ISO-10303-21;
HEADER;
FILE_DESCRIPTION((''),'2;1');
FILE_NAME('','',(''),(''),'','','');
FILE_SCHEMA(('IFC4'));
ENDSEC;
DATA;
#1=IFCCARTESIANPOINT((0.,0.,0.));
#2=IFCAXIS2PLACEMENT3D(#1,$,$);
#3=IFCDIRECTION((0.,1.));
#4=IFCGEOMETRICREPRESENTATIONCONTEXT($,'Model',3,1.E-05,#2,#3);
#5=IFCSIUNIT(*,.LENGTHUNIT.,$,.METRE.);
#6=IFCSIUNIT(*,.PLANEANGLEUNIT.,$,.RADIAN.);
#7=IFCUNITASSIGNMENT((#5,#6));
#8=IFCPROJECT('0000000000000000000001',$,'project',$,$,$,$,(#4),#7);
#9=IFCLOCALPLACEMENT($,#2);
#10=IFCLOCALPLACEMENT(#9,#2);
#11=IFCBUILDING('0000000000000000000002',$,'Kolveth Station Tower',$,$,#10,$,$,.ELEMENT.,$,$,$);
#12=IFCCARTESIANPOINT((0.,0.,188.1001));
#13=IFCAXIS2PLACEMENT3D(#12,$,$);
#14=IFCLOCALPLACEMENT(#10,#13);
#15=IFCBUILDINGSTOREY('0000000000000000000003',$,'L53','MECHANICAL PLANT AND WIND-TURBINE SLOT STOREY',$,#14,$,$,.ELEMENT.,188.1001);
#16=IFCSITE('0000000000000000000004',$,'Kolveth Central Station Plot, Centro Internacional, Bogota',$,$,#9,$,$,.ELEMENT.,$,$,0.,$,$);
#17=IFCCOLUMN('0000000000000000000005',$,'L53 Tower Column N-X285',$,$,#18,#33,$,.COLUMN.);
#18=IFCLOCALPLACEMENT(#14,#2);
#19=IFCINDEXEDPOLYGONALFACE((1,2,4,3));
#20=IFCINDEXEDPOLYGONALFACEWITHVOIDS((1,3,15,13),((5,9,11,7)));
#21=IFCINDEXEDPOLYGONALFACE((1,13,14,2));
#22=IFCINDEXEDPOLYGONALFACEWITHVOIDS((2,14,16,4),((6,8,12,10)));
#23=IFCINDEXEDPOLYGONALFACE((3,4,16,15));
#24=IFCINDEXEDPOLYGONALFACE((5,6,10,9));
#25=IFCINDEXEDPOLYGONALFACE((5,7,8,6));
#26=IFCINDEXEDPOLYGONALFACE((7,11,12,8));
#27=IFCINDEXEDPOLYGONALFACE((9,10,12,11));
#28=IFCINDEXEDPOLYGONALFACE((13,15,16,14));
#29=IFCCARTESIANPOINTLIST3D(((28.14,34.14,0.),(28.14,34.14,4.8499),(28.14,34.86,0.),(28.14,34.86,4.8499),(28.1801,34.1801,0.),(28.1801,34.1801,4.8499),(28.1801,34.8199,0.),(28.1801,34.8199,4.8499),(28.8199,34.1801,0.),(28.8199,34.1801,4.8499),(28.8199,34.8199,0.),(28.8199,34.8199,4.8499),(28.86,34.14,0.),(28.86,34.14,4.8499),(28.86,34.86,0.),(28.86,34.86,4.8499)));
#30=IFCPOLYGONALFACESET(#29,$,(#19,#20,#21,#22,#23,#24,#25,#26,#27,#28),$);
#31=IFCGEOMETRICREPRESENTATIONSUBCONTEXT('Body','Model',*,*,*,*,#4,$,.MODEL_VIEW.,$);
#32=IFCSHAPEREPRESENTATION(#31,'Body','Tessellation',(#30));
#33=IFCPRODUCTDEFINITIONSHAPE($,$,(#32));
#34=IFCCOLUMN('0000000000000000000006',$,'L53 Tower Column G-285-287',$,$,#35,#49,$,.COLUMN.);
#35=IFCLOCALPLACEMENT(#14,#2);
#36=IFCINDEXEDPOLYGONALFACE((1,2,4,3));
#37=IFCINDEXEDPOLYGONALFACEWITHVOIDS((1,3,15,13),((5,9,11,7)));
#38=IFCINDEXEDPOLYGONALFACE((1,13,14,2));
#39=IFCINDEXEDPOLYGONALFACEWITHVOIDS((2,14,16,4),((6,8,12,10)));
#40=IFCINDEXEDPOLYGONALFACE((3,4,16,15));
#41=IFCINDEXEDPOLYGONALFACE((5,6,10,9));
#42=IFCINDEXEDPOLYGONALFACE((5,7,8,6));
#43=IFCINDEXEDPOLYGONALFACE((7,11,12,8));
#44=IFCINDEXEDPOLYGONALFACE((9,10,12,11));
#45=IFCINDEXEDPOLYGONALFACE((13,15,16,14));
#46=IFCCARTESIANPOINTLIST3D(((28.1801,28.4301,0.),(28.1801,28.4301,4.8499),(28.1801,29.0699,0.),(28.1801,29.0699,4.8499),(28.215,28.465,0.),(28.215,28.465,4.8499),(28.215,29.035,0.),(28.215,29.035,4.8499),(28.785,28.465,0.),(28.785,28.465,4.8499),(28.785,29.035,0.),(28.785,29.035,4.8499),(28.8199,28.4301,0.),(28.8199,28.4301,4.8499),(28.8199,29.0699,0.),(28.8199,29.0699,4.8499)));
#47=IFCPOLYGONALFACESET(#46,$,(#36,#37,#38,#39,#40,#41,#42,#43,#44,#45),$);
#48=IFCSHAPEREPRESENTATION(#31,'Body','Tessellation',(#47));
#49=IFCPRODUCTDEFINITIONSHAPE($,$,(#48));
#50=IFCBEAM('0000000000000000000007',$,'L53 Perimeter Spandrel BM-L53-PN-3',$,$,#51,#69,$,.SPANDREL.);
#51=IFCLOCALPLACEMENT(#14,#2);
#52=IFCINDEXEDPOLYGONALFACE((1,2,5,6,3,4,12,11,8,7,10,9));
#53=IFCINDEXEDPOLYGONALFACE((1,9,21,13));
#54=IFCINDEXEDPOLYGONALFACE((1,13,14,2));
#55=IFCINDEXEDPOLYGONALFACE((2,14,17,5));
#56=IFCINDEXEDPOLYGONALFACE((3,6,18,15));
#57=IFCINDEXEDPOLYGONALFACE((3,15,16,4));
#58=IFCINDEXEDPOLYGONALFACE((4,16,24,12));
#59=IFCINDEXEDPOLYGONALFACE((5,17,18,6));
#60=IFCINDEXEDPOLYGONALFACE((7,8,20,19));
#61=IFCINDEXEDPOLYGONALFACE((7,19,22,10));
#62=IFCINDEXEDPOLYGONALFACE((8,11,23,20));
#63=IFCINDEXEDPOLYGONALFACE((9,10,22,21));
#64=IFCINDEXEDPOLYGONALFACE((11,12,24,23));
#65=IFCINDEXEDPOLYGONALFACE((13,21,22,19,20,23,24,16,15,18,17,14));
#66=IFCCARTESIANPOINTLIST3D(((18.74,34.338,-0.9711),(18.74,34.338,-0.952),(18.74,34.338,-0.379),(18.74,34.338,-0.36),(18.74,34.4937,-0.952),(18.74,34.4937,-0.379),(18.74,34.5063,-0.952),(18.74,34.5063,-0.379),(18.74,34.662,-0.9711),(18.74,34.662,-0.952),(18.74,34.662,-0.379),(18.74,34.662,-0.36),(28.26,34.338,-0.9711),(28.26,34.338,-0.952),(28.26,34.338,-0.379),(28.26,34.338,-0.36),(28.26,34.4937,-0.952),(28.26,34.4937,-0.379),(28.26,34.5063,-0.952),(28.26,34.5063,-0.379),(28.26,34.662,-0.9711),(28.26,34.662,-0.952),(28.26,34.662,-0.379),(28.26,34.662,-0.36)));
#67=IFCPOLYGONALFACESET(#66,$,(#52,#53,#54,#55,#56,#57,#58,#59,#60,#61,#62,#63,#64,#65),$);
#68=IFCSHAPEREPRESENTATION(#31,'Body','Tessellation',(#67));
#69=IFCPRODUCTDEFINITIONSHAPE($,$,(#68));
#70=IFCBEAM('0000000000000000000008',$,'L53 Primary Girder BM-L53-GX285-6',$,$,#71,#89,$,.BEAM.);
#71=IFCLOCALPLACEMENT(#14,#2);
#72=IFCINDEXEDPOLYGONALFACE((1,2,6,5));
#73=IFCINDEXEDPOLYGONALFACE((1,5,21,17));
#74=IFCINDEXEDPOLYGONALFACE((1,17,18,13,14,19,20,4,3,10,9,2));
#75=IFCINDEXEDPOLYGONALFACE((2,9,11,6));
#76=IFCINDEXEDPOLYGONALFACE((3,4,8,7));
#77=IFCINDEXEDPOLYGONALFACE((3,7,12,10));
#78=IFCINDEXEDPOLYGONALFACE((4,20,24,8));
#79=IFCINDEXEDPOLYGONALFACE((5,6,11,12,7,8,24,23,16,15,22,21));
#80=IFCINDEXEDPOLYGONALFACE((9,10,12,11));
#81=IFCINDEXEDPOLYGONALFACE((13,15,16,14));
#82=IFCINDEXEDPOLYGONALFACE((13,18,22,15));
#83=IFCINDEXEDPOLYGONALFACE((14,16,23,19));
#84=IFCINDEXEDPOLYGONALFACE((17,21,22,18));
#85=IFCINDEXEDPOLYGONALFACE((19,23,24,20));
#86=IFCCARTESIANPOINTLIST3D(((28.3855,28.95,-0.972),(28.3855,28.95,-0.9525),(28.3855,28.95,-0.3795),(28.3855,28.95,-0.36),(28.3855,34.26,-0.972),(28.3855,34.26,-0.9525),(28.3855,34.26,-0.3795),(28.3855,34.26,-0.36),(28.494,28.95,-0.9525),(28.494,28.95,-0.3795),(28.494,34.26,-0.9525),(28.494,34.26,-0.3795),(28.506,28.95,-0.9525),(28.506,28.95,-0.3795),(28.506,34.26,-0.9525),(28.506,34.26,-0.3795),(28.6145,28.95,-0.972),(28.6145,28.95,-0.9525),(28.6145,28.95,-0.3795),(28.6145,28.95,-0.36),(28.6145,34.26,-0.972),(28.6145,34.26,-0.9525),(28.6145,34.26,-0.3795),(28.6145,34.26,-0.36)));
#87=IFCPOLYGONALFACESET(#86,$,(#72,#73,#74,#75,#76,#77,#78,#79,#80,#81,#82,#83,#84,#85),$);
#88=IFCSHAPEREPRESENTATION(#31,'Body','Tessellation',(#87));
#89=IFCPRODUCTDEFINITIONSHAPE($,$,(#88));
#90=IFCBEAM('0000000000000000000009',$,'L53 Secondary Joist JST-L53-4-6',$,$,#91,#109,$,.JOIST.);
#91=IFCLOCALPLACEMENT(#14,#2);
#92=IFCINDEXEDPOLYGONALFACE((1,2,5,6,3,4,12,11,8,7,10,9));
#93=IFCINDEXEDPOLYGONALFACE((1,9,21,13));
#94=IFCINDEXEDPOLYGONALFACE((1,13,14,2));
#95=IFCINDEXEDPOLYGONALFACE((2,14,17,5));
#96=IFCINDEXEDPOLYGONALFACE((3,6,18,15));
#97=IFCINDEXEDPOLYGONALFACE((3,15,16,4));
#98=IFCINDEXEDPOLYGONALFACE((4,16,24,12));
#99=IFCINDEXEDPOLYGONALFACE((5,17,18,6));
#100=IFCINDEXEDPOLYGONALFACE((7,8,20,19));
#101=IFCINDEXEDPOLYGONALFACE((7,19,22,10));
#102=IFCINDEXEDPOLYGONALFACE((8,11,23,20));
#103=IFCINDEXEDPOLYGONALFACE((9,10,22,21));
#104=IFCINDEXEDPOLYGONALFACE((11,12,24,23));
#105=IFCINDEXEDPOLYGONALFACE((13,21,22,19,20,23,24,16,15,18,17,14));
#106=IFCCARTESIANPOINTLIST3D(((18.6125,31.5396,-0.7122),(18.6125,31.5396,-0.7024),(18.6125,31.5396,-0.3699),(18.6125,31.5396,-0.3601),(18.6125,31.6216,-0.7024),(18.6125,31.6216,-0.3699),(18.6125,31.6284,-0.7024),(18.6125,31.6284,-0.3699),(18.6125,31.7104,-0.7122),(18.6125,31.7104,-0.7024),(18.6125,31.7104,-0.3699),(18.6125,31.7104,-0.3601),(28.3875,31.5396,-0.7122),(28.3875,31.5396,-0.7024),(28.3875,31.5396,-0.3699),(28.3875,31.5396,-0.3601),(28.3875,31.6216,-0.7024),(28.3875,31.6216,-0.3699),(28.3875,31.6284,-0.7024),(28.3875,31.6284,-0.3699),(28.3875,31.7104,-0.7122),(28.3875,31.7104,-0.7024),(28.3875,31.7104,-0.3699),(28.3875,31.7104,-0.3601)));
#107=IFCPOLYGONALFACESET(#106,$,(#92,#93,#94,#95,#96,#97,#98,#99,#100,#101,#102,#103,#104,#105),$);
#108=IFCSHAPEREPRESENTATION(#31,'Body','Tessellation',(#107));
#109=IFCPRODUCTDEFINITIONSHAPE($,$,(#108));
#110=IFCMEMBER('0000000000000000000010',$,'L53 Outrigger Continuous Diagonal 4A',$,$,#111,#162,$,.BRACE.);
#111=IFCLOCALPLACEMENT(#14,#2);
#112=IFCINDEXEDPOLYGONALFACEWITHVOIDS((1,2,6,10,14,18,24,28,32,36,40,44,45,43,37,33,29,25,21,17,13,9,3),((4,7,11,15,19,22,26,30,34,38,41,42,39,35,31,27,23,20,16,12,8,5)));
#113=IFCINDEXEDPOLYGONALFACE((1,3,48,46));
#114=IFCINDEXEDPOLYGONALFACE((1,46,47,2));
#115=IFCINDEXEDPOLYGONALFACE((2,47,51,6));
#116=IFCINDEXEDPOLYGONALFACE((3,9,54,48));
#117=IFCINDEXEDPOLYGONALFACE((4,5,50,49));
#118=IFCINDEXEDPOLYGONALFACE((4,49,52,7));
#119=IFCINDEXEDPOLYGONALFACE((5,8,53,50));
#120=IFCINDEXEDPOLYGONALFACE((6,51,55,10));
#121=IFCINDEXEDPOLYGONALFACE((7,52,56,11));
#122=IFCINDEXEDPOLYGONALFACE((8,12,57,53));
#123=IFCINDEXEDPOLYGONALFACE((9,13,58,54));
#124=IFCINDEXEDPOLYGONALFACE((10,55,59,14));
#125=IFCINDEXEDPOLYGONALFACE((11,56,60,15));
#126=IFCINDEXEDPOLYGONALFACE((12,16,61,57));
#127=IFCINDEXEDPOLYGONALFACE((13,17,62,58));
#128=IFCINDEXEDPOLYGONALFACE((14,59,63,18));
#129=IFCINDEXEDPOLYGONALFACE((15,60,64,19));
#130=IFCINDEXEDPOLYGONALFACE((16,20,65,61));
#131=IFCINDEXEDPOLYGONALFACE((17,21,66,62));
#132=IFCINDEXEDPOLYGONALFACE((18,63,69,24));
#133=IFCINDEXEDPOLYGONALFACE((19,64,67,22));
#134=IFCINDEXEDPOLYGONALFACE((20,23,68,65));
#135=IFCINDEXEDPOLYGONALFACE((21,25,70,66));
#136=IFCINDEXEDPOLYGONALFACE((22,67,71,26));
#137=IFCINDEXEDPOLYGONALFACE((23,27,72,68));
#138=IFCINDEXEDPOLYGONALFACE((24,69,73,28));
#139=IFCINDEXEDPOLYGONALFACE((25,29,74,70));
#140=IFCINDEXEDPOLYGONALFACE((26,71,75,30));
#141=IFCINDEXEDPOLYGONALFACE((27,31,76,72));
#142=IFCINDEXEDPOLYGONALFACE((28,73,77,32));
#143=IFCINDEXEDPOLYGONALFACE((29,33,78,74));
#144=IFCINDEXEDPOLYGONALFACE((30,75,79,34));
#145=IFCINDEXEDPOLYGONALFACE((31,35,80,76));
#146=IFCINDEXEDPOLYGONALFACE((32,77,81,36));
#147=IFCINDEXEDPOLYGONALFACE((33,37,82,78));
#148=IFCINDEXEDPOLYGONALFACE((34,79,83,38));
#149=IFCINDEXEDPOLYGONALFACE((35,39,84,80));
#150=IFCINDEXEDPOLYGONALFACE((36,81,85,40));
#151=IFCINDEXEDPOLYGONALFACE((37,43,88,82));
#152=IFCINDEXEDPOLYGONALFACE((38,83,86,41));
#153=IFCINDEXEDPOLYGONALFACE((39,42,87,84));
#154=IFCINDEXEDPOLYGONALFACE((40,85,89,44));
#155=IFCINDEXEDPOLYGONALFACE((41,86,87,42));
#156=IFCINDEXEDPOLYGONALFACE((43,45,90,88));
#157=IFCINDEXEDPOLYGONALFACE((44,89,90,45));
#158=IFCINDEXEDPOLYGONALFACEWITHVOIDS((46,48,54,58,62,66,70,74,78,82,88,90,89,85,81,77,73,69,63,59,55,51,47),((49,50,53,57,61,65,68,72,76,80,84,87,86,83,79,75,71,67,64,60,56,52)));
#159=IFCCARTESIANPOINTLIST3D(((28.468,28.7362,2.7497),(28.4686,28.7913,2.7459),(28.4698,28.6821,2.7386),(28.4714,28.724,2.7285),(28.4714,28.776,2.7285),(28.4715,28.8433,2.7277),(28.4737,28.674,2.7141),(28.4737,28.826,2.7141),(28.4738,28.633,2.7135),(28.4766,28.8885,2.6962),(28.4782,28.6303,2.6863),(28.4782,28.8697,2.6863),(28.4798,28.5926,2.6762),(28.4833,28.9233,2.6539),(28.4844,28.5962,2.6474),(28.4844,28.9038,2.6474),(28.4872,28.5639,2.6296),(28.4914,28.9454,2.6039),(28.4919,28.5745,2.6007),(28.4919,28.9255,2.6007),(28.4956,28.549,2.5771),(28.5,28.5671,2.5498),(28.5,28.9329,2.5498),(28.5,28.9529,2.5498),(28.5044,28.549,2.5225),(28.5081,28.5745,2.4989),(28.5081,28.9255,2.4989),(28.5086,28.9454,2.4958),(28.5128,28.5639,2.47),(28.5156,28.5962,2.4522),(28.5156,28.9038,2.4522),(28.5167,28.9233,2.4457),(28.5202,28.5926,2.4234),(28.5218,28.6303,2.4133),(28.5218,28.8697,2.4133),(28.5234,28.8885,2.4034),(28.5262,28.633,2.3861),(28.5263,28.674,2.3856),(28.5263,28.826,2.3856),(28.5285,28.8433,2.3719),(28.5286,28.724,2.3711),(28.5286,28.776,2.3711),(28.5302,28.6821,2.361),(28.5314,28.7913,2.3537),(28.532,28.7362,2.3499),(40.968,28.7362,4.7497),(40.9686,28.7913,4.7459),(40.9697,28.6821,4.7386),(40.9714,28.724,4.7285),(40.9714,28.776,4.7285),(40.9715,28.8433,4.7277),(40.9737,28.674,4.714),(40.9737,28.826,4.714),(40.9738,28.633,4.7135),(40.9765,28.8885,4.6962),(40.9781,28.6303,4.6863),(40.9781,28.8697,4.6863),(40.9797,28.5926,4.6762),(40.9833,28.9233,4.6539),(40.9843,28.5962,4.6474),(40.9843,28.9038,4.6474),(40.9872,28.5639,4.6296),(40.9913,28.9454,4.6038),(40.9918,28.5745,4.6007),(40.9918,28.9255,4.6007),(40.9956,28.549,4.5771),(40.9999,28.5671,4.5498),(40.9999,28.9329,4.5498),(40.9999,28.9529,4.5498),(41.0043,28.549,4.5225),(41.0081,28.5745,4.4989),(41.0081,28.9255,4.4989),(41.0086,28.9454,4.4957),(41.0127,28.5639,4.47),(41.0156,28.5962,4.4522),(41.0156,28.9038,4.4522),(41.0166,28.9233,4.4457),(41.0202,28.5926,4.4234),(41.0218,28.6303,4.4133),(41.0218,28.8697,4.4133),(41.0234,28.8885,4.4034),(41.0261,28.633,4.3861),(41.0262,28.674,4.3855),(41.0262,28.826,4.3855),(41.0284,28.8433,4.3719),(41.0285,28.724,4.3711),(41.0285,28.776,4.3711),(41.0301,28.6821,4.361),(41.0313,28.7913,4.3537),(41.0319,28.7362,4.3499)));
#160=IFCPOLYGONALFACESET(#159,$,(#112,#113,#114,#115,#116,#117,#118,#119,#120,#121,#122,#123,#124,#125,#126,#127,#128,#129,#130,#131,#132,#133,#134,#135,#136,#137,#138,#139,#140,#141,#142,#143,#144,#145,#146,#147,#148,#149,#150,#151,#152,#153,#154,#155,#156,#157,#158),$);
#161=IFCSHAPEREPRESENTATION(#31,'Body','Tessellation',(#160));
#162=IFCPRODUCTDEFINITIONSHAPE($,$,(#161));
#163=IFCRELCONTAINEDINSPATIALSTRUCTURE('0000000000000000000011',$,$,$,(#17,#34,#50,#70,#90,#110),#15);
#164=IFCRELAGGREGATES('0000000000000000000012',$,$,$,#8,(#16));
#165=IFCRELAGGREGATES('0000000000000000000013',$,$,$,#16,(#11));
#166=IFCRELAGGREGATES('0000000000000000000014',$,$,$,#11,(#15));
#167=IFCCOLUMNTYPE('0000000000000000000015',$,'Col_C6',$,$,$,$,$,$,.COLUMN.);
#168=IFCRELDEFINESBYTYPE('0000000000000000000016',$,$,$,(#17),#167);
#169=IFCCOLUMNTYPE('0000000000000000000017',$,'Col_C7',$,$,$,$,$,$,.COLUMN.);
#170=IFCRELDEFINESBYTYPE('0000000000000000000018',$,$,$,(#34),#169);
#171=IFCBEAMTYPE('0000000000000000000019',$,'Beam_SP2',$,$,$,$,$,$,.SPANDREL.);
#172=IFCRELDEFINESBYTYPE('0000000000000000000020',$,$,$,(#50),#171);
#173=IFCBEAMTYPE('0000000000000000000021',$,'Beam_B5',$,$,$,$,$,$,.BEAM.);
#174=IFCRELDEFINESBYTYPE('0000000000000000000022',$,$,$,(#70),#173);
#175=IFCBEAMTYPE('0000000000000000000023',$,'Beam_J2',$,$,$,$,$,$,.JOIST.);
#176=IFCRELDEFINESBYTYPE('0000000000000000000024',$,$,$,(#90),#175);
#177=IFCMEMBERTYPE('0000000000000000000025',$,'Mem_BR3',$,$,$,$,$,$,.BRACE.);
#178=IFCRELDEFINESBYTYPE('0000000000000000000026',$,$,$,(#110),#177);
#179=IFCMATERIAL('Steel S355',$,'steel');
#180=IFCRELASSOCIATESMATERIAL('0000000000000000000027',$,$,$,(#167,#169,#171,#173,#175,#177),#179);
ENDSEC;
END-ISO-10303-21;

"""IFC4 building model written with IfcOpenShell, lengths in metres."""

from ifc_helpers import new_model, si_unit, direction, frame, origin, origin_2d, place, context, subcontext, project, spatial, hollow_rectangle, hollow_circle, i_section, extrude, source, transform, mapped, material, material_profile, profile_set, type_object, element, save


model = new_model("IFC4")

# Units and contexts
model_context = context("Model", 3, precision=1e-05, world=origin(), true_north=direction((0.0, 1.0)))
body_context = subcontext(model_context, "Body", "Model", "MODEL_VIEW")
ifc_project = project(units=[si_unit("LENGTHUNIT", "METRE"), si_unit("PLANEANGLEUNIT", "RADIAN")], contexts=[model_context])

# Site, building, storey
site_placement = place(None, origin())
site = spatial("IfcSite", under=ifc_project, at=site_placement, Name="Kolveth Central Station Plot, Centro Internacional, Bogota", CompositionType="ELEMENT", RefElevation=0.0)
building_placement = place(site_placement, origin())
building = spatial("IfcBuilding", under=site, at=building_placement, Name="Kolveth Station Tower", CompositionType="ELEMENT")
storey_placement = place(building_placement, frame((0.0, 0.0, 188.1001)))
storey = spatial("IfcBuildingStorey", under=building, at=storey_placement, Name="L53", Description="MECHANICAL PLANT AND WIND-TURBINE SLOT STOREY", CompositionType="ELEMENT", Elevation=188.1001)

# Columns
ifc_material_1 = material(Name="Steel S355", Category="steel")
ifc_material_profile_1 = material_profile(ifc_material_1, hollow_rectangle(XDim=0.72, YDim=0.72, WallThickness=0.04, at=origin_2d()), Name="BOX720x720x40")
ifc_profile_set_1 = profile_set([ifc_material_profile_1], Name="Steel S355")
column_type_1 = type_object("IfcColumnType", Name="Col_C6", PredefinedType="COLUMN", material=ifc_profile_set_1)
shared_shape_1 = source(origin(), body_context, "Body", "SweptSolid", [
    extrude(hollow_rectangle(XDim=0.72, YDim=0.72, WallThickness=0.04, at=origin_2d()), origin(), (0.0, 0.0, 1.0), 4.8499),
])
column_1_placement = place(storey_placement, frame((28.5, 34.5, 0.0), z_axis=(0.0, 0.0, 1.0), x_axis=(1.0, 0.0, 0.0)))
element("IfcColumn", 1, at=column_1_placement, inside=storey, type_object=column_type_1, Name="L53 Tower Column N-X285", PredefinedType="COLUMN", context=body_context, shape_type="MappedRepresentation", body=[
    mapped(shared_shape_1, transform((0.0, 0.0, 0.0), x_axis=(1.0, 0.0, 0.0), y_axis=(0.0, 1.0, 0.0), z_axis=(0.0, 0.0, 1.0), scale=1.0)),
])
ifc_material_profile_2 = material_profile(ifc_material_1, hollow_rectangle(XDim=0.6399, YDim=0.6399, WallThickness=0.0349, at=origin_2d()), Name="BOX640x640x35")
ifc_profile_set_2 = profile_set([ifc_material_profile_2], Name="Steel S355")
column_type_2 = type_object("IfcColumnType", Name="Col_C7", PredefinedType="COLUMN", material=ifc_profile_set_2)
shared_shape_2 = source(origin(), body_context, "Body", "SweptSolid", [
    extrude(hollow_rectangle(XDim=0.6399, YDim=0.6399, WallThickness=0.0349, at=origin_2d()), origin(), (0.0, 0.0, 1.0), 4.8499),
])
column_2_placement = place(storey_placement, frame((28.5, 28.75, 0.0), z_axis=(0.0, 0.0, 1.0), x_axis=(1.0, 0.0, 0.0)))
element("IfcColumn", 2, at=column_2_placement, inside=storey, type_object=column_type_2, Name="L53 Tower Column G-285-287", PredefinedType="COLUMN", context=body_context, shape_type="MappedRepresentation", body=[
    mapped(shared_shape_2, transform((0.0, 0.0, 0.0), x_axis=(1.0, 0.0, 0.0), y_axis=(0.0, 1.0, 0.0), z_axis=(0.0, 0.0, 1.0), scale=1.0)),
])

# Beams
ifc_material_profile_3 = material_profile(ifc_material_1, i_section(OverallWidth=0.324, OverallDepth=0.6111, WebThickness=0.0127, FlangeThickness=0.019, at=origin_2d()), Name="W610x155")
ifc_profile_set_3 = profile_set([ifc_material_profile_3], Name="Steel S355")
beam_type_1 = type_object("IfcBeamType", Name="Beam_SP2", PredefinedType="SPANDREL", material=ifc_profile_set_3)
shared_shape_3 = source(origin(), body_context, "Body", "SweptSolid", [
    extrude(i_section(OverallWidth=0.324, OverallDepth=0.6111, WebThickness=0.0127, FlangeThickness=0.019, at=origin_2d()), origin(), (0.0, 0.0, 1.0), 9.52),
])
beam_1_placement = place(storey_placement, frame((18.74, 34.5, -0.6655), z_axis=(1.0, 0.0, 0.0), x_axis=(0.0, 1.0, 0.0)))
element("IfcBeam", 3, at=beam_1_placement, inside=storey, type_object=beam_type_1, Name="L53 Perimeter Spandrel BM-L53-PN-3", PredefinedType="SPANDREL", context=body_context, shape_type="MappedRepresentation", body=[
    mapped(shared_shape_3, transform((0.0, 0.0, 0.0), x_axis=(1.0, 0.0, 0.0), y_axis=(0.0, 1.0, 0.0), z_axis=(0.0, 0.0, 1.0), scale=1.0)),
])
ifc_material_profile_4 = material_profile(ifc_material_1, i_section(OverallWidth=0.229, OverallDepth=0.6121, WebThickness=0.012, FlangeThickness=0.0195, at=origin_2d()), Name="W610x125")
ifc_profile_set_4 = profile_set([ifc_material_profile_4], Name="Steel S355")
beam_type_2 = type_object("IfcBeamType", Name="Beam_B5", PredefinedType="BEAM", material=ifc_profile_set_4)
shared_shape_4 = source(origin(), body_context, "Body", "SweptSolid", [
    extrude(i_section(OverallWidth=0.229, OverallDepth=0.6121, WebThickness=0.012, FlangeThickness=0.0195, at=origin_2d()), origin(), (0.0, 0.0, 1.0), 5.3101),
])
beam_2_placement = place(storey_placement, frame((28.5, 28.95, -0.666), z_axis=(0.0, 1.0, 0.0), x_axis=(-1.0, 0.0, 0.0)))
element("IfcBeam", 4, at=beam_2_placement, inside=storey, type_object=beam_type_2, Name="L53 Primary Girder BM-L53-GX285-6", PredefinedType="BEAM", context=body_context, shape_type="MappedRepresentation", body=[
    mapped(shared_shape_4, transform((0.0, 0.0, 0.0), x_axis=(1.0, 0.0, 0.0), y_axis=(0.0, 1.0, 0.0), z_axis=(0.0, 0.0, 1.0), scale=1.0)),
])
ifc_material_profile_5 = material_profile(ifc_material_1, i_section(OverallWidth=0.1709, OverallDepth=0.3521, WebThickness=0.0068, FlangeThickness=0.0098, at=origin_2d()), Name="W360x44")
ifc_profile_set_5 = profile_set([ifc_material_profile_5], Name="Steel S355")
beam_type_3 = type_object("IfcBeamType", Name="Beam_J2", PredefinedType="JOIST", material=ifc_profile_set_5)
shared_shape_5 = source(origin(), body_context, "Body", "SweptSolid", [
    extrude(i_section(OverallWidth=0.1709, OverallDepth=0.3521, WebThickness=0.0068, FlangeThickness=0.0098, at=origin_2d()), origin(), (0.0, 0.0, 1.0), 9.7749),
])
beam_3_placement = place(storey_placement, frame((18.6125, 31.625, -0.5361), z_axis=(1.0, 0.0, 0.0), x_axis=(0.0, 1.0, 0.0)))
element("IfcBeam", 5, at=beam_3_placement, inside=storey, type_object=beam_type_3, Name="L53 Secondary Joist JST-L53-4-6", PredefinedType="JOIST", context=body_context, shape_type="MappedRepresentation", body=[
    mapped(shared_shape_5, transform((0.0, 0.0, 0.0), x_axis=(1.0, 0.0, 0.0), y_axis=(0.0, 1.0, 0.0), z_axis=(0.0, 0.0, 1.0), scale=1.0)),
])

# Member
ifc_material_profile_6 = material_profile(ifc_material_1, hollow_circle(Radius=0.2029, WallThickness=0.02, at=origin_2d()), Name="CHS406x20")
ifc_profile_set_6 = profile_set([ifc_material_profile_6], Name="Steel S355")
member_type = type_object("IfcMemberType", Name="Mem_BR3", PredefinedType="BRACE", material=ifc_profile_set_6)
shared_shape_6 = source(origin(), body_context, "Body", "SweptSolid", [
    extrude(hollow_circle(Radius=0.2029, WallThickness=0.02, at=origin_2d()), origin(), (0.0, 0.0, 1.0), 12.6589),
])
member_placement = place(storey_placement, frame((28.5, 28.75, 2.5498), z_axis=(0.987441, 0.0, 0.157991), x_axis=(0.0, 1.0, 0.0)))
element("IfcMember", 6, at=member_placement, inside=storey, type_object=member_type, Name="L53 Outrigger Continuous Diagonal 4A", PredefinedType="BRACE", context=body_context, shape_type="MappedRepresentation", body=[
    mapped(shared_shape_6, transform((0.0, 0.0, 0.0), x_axis=(1.0, 0.0, 0.0), y_axis=(0.0, 1.0, 0.0), z_axis=(0.0, 0.0, 1.0), scale=1.0)),
])

save(model, "model.ifc")
